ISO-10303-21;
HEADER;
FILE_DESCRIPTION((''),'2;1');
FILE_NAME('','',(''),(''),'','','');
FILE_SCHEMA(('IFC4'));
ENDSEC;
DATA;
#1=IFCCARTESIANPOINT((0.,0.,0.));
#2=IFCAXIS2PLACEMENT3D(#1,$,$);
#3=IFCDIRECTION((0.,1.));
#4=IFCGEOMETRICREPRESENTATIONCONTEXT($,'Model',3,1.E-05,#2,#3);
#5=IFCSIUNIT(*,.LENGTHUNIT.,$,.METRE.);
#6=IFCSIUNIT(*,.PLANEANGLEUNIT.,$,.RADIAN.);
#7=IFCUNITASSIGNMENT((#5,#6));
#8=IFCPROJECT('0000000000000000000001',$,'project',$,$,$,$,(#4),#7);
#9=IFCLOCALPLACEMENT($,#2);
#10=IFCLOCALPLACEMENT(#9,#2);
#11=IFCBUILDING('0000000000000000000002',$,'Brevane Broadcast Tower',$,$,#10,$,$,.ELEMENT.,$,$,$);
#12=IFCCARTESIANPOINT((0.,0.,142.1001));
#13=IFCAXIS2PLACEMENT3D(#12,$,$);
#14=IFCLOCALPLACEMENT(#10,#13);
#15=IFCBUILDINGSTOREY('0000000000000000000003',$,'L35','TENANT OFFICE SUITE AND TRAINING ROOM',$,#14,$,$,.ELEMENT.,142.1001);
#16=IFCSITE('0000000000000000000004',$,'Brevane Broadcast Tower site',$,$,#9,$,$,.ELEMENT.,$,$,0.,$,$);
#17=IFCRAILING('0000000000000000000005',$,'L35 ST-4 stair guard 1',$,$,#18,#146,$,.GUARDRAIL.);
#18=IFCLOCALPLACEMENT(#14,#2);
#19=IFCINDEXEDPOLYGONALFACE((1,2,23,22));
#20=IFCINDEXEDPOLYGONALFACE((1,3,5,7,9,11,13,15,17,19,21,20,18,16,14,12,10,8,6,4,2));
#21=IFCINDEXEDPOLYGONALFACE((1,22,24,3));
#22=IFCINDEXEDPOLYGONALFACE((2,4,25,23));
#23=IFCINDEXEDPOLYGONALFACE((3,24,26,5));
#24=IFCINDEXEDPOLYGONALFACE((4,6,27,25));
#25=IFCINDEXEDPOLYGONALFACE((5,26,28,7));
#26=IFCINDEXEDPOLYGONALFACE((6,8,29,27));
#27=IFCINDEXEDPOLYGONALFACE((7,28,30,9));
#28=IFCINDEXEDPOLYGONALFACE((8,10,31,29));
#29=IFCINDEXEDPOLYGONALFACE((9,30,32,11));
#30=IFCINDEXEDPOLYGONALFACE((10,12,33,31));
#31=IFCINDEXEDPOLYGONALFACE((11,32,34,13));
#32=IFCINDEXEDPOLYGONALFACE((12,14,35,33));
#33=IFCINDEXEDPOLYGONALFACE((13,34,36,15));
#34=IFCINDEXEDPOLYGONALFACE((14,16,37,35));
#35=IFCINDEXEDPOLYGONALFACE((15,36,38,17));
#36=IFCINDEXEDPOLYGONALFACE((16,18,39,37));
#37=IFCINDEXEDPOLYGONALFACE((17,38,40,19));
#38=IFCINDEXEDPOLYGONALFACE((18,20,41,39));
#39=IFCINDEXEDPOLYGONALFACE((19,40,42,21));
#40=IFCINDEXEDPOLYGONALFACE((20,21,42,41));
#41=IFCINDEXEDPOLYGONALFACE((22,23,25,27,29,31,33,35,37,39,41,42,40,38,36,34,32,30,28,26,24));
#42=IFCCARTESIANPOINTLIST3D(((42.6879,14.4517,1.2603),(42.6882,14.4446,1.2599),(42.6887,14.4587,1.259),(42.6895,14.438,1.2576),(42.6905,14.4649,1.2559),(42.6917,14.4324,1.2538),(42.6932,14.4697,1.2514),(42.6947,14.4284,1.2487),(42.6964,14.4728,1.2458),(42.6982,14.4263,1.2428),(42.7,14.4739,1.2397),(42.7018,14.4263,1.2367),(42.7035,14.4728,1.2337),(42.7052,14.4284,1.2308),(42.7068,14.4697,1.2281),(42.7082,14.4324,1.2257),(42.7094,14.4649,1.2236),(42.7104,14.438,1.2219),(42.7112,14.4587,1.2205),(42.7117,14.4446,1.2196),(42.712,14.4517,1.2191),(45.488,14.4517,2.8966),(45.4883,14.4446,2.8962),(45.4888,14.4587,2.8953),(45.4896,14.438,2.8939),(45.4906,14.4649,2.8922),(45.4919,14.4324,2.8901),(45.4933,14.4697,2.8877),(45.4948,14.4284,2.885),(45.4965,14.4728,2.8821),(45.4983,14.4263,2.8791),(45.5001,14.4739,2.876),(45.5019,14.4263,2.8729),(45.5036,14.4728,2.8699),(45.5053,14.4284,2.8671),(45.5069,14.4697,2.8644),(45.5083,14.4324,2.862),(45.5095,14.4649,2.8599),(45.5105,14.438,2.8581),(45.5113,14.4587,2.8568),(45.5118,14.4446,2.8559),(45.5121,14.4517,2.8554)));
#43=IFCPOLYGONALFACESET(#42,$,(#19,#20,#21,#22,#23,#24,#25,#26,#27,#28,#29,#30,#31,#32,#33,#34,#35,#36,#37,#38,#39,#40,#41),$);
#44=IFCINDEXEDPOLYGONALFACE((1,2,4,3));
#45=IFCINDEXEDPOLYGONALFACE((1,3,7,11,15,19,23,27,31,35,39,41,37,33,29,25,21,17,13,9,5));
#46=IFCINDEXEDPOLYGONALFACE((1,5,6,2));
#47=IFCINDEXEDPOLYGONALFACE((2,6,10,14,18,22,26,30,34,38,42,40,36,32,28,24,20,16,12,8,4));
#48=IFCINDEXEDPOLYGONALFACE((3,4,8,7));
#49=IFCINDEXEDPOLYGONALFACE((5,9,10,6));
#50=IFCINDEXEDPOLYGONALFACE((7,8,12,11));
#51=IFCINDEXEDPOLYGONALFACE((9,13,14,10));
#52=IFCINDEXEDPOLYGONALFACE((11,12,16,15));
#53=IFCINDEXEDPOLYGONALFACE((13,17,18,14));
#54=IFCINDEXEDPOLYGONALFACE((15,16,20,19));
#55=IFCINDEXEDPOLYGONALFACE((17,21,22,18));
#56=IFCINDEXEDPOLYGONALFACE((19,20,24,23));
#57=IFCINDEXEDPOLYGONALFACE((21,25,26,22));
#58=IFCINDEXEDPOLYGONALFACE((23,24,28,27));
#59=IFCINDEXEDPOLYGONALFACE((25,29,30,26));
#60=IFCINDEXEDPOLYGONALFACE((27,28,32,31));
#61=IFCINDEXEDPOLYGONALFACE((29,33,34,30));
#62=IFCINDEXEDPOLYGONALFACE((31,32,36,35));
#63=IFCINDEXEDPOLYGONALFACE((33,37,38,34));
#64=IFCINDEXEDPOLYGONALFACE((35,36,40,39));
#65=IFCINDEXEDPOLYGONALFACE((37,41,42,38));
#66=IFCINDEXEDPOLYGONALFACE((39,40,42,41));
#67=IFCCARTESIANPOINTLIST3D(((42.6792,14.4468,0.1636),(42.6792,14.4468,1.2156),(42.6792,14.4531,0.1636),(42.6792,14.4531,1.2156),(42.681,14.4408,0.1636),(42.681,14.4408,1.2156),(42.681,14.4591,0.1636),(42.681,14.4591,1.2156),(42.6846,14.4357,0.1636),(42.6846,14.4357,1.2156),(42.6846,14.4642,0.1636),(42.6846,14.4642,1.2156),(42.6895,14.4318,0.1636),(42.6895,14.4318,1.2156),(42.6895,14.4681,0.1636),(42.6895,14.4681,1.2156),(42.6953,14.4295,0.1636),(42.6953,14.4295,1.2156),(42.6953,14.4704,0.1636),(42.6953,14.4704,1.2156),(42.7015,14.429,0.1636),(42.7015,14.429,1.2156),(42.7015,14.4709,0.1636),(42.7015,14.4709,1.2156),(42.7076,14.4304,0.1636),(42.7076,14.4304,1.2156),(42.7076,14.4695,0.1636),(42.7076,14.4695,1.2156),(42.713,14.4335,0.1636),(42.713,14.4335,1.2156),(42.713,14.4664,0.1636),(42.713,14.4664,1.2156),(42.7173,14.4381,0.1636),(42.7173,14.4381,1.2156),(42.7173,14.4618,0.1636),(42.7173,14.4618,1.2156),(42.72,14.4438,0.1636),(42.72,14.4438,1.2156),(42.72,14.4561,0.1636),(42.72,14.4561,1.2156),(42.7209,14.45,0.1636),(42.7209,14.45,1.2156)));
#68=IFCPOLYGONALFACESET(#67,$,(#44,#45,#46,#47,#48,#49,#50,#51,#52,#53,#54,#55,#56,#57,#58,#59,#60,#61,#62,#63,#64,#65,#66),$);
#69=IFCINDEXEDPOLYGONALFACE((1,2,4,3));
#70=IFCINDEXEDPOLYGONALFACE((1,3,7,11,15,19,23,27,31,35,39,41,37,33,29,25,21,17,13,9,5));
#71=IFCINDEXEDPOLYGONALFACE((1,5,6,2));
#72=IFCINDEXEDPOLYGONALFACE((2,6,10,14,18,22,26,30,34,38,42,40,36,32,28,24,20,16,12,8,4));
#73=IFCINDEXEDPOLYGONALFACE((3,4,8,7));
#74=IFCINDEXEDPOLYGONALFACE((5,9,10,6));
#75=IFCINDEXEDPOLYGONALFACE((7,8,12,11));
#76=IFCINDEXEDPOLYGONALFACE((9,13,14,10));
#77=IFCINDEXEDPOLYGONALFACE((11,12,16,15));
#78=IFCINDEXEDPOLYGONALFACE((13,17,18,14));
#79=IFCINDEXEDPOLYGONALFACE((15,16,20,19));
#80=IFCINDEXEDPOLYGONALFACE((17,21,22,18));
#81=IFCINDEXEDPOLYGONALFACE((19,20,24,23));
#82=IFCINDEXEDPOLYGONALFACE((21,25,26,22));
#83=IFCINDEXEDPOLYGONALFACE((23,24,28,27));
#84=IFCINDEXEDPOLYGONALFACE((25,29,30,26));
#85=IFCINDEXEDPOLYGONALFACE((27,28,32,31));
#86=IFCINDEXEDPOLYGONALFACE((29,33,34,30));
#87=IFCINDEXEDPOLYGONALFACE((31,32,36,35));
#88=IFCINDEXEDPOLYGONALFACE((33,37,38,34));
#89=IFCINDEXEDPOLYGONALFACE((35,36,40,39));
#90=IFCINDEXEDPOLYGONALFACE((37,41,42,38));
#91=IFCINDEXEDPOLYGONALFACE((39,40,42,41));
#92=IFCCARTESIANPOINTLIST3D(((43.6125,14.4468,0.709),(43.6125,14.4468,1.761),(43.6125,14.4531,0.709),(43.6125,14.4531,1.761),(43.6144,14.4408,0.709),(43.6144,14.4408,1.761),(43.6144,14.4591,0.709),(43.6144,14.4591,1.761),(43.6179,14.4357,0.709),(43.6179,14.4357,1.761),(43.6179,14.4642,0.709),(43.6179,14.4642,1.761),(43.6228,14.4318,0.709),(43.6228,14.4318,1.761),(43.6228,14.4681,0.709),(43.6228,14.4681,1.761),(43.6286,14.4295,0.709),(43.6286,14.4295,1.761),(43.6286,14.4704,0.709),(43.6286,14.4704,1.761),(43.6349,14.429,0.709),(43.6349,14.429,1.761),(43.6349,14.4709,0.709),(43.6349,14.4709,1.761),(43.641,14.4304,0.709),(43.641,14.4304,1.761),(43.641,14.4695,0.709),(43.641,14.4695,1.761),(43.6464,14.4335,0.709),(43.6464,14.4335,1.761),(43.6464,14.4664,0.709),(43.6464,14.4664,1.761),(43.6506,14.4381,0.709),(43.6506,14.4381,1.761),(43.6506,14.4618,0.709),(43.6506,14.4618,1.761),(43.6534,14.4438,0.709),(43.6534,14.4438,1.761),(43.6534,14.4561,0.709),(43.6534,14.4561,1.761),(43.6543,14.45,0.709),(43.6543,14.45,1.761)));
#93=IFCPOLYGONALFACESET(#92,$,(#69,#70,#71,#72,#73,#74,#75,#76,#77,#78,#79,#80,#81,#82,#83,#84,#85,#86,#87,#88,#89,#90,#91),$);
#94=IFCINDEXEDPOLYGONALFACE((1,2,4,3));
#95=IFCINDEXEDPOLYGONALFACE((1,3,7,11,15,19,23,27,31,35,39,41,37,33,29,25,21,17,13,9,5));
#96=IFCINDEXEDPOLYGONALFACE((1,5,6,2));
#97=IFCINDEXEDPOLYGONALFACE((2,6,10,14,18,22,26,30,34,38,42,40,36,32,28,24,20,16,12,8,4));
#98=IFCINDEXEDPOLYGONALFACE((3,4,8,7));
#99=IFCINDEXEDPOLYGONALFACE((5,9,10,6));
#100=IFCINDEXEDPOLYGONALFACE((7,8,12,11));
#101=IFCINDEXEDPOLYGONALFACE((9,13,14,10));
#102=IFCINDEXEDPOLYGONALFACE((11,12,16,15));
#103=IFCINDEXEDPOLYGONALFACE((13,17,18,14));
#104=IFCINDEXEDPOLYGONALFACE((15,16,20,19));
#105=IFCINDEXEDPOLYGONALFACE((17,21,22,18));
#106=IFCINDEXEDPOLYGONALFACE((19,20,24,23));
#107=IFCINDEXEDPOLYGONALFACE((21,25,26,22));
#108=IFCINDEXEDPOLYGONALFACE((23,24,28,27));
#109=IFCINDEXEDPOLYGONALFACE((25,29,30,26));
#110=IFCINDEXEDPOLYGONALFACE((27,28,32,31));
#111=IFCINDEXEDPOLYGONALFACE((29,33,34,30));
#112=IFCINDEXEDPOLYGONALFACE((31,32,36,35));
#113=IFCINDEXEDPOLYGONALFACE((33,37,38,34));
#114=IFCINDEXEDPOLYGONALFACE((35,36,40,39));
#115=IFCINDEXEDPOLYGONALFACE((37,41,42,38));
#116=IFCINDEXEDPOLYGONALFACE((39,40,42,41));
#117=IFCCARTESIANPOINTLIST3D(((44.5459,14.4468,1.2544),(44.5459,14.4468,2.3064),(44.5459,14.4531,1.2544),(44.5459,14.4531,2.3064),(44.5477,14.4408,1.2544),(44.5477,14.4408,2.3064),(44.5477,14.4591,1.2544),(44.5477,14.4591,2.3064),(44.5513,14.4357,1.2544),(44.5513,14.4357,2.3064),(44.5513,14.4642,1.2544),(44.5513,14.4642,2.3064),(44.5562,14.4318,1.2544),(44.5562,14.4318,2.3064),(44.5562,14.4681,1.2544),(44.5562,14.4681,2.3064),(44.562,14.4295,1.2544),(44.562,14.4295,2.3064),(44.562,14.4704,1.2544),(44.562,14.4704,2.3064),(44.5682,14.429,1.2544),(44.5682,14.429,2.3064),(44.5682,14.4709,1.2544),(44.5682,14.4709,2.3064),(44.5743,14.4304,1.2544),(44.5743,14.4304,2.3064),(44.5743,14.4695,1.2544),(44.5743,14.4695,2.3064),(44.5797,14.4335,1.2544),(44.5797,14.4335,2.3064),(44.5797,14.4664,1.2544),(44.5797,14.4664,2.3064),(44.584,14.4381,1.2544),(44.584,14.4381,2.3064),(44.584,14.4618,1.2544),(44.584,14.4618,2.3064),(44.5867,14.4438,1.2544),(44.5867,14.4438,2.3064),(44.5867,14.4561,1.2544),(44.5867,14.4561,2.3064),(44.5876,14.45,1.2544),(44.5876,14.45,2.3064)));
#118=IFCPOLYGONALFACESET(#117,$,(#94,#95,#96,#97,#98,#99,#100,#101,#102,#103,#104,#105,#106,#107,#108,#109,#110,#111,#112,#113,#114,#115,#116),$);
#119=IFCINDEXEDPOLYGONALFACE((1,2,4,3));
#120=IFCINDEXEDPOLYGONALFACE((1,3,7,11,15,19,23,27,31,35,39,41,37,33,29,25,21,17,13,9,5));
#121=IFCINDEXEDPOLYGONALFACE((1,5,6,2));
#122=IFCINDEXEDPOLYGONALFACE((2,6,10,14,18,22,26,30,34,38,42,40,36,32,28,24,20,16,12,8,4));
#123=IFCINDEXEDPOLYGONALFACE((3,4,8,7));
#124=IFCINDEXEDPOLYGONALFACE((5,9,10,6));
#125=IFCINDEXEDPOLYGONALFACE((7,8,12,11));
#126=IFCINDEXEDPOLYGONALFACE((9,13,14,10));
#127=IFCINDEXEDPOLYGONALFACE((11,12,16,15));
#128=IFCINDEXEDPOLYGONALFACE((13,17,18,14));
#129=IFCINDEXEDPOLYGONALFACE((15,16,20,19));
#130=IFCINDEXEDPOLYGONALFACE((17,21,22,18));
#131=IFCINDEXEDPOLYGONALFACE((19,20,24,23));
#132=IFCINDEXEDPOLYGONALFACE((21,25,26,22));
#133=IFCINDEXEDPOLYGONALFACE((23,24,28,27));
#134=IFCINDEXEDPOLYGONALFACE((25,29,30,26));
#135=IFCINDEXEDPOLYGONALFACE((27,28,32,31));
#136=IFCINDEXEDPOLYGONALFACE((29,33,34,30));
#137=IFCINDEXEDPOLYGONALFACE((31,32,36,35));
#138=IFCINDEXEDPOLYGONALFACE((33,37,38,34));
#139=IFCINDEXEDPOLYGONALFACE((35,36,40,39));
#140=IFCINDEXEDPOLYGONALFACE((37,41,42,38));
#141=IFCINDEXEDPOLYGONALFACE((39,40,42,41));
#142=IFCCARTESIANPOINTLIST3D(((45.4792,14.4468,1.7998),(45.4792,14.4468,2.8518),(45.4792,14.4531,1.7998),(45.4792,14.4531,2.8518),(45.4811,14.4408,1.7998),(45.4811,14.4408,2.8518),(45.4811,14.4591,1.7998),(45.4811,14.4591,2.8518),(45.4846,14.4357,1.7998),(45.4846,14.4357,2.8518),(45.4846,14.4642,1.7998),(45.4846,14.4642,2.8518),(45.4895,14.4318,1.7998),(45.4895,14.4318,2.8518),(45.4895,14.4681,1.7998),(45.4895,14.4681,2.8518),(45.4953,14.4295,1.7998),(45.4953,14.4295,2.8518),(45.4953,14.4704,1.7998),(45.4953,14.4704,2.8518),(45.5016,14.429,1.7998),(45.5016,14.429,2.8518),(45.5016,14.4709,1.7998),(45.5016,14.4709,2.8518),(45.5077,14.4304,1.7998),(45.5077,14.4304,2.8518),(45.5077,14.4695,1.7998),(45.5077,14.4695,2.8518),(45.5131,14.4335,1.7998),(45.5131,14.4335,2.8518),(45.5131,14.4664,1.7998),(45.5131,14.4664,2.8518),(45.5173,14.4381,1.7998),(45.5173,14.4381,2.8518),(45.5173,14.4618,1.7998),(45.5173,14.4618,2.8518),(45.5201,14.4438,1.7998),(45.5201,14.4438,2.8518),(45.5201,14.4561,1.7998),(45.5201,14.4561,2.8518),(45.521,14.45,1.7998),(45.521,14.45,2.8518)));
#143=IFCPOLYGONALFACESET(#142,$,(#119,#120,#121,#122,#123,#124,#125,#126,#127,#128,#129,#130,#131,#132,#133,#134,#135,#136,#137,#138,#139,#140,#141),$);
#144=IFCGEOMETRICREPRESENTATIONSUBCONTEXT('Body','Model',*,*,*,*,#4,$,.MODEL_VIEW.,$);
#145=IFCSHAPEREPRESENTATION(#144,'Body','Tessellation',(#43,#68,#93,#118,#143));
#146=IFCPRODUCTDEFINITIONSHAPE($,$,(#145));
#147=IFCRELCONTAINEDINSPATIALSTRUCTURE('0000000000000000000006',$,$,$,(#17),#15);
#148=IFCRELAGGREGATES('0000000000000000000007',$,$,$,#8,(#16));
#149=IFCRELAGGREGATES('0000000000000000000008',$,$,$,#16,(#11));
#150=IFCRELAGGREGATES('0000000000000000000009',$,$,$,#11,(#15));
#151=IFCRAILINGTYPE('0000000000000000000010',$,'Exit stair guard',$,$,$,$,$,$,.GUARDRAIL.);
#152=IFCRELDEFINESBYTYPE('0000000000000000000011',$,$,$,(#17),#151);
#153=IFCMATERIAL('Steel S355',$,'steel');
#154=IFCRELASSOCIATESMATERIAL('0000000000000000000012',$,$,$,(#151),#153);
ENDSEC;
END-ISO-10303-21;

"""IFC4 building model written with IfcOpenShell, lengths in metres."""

from ifc_helpers import new_model, si_unit, direction, frame, origin, origin_2d, place, context, subcontext, project, spatial, circle, extrude, material, type_object, element, save


model = new_model("IFC4")

# Units and contexts
model_context = context("Model", 3, precision=1e-05, world=origin(), true_north=direction((0.0, 1.0)))
body_context = subcontext(model_context, "Body", "Model", "MODEL_VIEW")
ifc_project = project(units=[si_unit("LENGTHUNIT", "METRE"), si_unit("PLANEANGLEUNIT", "RADIAN")], contexts=[model_context])

# Site, building, storey
site_placement = place(None, origin())
site = spatial("IfcSite", under=ifc_project, at=site_placement, Name="Brevane Broadcast Tower site", CompositionType="ELEMENT", RefElevation=0.0)
building_placement = place(site_placement, origin())
building = spatial("IfcBuilding", under=site, at=building_placement, Name="Brevane Broadcast Tower", CompositionType="ELEMENT")
storey_placement = place(building_placement, frame((0.0, 0.0, 142.1001)))
storey = spatial("IfcBuildingStorey", under=building, at=storey_placement, Name="L35", Description="TENANT OFFICE SUITE AND TRAINING ROOM", CompositionType="ELEMENT", Elevation=142.1001)

# Railing
ifc_material_1 = material(Name="Steel S355", Category="steel")
railing_type_1 = type_object("IfcRailingType", Name="Exit stair guard", PredefinedType="GUARDRAIL", material=ifc_material_1)
railing_1_placement = place(storey_placement, frame((42.7, 14.45, 0.1636)))
element("IfcRailing", 1, at=railing_1_placement, inside=storey, type_object=railing_type_1, Name="L35 ST-4 stair guard 1", PredefinedType="GUARDRAIL", context=body_context, shape_type="SweptSolid", body=[
    extrude(circle(Radius=0.0239, at=origin_2d()), frame((0.0, 0.0, 1.0762), z_axis=(0.863394, 0.0, 0.504531), x_axis=(0.0, 1.0, 0.0)), (0.0, 0.0, 1.0), 3.2432),
    extrude(circle(Radius=0.021, at=origin_2d()), origin(), (0.0, 0.0, 1.0), 1.052),
    extrude(circle(Radius=0.021, at=origin_2d()), frame((0.9333, 0.0, 0.5454)), (0.0, 0.0, 1.0), 1.052),
    extrude(circle(Radius=0.021, at=origin_2d()), frame((1.8667, 0.0, 1.0908)), (0.0, 0.0, 1.0), 1.052),
    extrude(circle(Radius=0.021, at=origin_2d()), frame((2.8, 0.0, 1.6362)), (0.0, 0.0, 1.0), 1.052),
])

save(model, "model.ifc")
